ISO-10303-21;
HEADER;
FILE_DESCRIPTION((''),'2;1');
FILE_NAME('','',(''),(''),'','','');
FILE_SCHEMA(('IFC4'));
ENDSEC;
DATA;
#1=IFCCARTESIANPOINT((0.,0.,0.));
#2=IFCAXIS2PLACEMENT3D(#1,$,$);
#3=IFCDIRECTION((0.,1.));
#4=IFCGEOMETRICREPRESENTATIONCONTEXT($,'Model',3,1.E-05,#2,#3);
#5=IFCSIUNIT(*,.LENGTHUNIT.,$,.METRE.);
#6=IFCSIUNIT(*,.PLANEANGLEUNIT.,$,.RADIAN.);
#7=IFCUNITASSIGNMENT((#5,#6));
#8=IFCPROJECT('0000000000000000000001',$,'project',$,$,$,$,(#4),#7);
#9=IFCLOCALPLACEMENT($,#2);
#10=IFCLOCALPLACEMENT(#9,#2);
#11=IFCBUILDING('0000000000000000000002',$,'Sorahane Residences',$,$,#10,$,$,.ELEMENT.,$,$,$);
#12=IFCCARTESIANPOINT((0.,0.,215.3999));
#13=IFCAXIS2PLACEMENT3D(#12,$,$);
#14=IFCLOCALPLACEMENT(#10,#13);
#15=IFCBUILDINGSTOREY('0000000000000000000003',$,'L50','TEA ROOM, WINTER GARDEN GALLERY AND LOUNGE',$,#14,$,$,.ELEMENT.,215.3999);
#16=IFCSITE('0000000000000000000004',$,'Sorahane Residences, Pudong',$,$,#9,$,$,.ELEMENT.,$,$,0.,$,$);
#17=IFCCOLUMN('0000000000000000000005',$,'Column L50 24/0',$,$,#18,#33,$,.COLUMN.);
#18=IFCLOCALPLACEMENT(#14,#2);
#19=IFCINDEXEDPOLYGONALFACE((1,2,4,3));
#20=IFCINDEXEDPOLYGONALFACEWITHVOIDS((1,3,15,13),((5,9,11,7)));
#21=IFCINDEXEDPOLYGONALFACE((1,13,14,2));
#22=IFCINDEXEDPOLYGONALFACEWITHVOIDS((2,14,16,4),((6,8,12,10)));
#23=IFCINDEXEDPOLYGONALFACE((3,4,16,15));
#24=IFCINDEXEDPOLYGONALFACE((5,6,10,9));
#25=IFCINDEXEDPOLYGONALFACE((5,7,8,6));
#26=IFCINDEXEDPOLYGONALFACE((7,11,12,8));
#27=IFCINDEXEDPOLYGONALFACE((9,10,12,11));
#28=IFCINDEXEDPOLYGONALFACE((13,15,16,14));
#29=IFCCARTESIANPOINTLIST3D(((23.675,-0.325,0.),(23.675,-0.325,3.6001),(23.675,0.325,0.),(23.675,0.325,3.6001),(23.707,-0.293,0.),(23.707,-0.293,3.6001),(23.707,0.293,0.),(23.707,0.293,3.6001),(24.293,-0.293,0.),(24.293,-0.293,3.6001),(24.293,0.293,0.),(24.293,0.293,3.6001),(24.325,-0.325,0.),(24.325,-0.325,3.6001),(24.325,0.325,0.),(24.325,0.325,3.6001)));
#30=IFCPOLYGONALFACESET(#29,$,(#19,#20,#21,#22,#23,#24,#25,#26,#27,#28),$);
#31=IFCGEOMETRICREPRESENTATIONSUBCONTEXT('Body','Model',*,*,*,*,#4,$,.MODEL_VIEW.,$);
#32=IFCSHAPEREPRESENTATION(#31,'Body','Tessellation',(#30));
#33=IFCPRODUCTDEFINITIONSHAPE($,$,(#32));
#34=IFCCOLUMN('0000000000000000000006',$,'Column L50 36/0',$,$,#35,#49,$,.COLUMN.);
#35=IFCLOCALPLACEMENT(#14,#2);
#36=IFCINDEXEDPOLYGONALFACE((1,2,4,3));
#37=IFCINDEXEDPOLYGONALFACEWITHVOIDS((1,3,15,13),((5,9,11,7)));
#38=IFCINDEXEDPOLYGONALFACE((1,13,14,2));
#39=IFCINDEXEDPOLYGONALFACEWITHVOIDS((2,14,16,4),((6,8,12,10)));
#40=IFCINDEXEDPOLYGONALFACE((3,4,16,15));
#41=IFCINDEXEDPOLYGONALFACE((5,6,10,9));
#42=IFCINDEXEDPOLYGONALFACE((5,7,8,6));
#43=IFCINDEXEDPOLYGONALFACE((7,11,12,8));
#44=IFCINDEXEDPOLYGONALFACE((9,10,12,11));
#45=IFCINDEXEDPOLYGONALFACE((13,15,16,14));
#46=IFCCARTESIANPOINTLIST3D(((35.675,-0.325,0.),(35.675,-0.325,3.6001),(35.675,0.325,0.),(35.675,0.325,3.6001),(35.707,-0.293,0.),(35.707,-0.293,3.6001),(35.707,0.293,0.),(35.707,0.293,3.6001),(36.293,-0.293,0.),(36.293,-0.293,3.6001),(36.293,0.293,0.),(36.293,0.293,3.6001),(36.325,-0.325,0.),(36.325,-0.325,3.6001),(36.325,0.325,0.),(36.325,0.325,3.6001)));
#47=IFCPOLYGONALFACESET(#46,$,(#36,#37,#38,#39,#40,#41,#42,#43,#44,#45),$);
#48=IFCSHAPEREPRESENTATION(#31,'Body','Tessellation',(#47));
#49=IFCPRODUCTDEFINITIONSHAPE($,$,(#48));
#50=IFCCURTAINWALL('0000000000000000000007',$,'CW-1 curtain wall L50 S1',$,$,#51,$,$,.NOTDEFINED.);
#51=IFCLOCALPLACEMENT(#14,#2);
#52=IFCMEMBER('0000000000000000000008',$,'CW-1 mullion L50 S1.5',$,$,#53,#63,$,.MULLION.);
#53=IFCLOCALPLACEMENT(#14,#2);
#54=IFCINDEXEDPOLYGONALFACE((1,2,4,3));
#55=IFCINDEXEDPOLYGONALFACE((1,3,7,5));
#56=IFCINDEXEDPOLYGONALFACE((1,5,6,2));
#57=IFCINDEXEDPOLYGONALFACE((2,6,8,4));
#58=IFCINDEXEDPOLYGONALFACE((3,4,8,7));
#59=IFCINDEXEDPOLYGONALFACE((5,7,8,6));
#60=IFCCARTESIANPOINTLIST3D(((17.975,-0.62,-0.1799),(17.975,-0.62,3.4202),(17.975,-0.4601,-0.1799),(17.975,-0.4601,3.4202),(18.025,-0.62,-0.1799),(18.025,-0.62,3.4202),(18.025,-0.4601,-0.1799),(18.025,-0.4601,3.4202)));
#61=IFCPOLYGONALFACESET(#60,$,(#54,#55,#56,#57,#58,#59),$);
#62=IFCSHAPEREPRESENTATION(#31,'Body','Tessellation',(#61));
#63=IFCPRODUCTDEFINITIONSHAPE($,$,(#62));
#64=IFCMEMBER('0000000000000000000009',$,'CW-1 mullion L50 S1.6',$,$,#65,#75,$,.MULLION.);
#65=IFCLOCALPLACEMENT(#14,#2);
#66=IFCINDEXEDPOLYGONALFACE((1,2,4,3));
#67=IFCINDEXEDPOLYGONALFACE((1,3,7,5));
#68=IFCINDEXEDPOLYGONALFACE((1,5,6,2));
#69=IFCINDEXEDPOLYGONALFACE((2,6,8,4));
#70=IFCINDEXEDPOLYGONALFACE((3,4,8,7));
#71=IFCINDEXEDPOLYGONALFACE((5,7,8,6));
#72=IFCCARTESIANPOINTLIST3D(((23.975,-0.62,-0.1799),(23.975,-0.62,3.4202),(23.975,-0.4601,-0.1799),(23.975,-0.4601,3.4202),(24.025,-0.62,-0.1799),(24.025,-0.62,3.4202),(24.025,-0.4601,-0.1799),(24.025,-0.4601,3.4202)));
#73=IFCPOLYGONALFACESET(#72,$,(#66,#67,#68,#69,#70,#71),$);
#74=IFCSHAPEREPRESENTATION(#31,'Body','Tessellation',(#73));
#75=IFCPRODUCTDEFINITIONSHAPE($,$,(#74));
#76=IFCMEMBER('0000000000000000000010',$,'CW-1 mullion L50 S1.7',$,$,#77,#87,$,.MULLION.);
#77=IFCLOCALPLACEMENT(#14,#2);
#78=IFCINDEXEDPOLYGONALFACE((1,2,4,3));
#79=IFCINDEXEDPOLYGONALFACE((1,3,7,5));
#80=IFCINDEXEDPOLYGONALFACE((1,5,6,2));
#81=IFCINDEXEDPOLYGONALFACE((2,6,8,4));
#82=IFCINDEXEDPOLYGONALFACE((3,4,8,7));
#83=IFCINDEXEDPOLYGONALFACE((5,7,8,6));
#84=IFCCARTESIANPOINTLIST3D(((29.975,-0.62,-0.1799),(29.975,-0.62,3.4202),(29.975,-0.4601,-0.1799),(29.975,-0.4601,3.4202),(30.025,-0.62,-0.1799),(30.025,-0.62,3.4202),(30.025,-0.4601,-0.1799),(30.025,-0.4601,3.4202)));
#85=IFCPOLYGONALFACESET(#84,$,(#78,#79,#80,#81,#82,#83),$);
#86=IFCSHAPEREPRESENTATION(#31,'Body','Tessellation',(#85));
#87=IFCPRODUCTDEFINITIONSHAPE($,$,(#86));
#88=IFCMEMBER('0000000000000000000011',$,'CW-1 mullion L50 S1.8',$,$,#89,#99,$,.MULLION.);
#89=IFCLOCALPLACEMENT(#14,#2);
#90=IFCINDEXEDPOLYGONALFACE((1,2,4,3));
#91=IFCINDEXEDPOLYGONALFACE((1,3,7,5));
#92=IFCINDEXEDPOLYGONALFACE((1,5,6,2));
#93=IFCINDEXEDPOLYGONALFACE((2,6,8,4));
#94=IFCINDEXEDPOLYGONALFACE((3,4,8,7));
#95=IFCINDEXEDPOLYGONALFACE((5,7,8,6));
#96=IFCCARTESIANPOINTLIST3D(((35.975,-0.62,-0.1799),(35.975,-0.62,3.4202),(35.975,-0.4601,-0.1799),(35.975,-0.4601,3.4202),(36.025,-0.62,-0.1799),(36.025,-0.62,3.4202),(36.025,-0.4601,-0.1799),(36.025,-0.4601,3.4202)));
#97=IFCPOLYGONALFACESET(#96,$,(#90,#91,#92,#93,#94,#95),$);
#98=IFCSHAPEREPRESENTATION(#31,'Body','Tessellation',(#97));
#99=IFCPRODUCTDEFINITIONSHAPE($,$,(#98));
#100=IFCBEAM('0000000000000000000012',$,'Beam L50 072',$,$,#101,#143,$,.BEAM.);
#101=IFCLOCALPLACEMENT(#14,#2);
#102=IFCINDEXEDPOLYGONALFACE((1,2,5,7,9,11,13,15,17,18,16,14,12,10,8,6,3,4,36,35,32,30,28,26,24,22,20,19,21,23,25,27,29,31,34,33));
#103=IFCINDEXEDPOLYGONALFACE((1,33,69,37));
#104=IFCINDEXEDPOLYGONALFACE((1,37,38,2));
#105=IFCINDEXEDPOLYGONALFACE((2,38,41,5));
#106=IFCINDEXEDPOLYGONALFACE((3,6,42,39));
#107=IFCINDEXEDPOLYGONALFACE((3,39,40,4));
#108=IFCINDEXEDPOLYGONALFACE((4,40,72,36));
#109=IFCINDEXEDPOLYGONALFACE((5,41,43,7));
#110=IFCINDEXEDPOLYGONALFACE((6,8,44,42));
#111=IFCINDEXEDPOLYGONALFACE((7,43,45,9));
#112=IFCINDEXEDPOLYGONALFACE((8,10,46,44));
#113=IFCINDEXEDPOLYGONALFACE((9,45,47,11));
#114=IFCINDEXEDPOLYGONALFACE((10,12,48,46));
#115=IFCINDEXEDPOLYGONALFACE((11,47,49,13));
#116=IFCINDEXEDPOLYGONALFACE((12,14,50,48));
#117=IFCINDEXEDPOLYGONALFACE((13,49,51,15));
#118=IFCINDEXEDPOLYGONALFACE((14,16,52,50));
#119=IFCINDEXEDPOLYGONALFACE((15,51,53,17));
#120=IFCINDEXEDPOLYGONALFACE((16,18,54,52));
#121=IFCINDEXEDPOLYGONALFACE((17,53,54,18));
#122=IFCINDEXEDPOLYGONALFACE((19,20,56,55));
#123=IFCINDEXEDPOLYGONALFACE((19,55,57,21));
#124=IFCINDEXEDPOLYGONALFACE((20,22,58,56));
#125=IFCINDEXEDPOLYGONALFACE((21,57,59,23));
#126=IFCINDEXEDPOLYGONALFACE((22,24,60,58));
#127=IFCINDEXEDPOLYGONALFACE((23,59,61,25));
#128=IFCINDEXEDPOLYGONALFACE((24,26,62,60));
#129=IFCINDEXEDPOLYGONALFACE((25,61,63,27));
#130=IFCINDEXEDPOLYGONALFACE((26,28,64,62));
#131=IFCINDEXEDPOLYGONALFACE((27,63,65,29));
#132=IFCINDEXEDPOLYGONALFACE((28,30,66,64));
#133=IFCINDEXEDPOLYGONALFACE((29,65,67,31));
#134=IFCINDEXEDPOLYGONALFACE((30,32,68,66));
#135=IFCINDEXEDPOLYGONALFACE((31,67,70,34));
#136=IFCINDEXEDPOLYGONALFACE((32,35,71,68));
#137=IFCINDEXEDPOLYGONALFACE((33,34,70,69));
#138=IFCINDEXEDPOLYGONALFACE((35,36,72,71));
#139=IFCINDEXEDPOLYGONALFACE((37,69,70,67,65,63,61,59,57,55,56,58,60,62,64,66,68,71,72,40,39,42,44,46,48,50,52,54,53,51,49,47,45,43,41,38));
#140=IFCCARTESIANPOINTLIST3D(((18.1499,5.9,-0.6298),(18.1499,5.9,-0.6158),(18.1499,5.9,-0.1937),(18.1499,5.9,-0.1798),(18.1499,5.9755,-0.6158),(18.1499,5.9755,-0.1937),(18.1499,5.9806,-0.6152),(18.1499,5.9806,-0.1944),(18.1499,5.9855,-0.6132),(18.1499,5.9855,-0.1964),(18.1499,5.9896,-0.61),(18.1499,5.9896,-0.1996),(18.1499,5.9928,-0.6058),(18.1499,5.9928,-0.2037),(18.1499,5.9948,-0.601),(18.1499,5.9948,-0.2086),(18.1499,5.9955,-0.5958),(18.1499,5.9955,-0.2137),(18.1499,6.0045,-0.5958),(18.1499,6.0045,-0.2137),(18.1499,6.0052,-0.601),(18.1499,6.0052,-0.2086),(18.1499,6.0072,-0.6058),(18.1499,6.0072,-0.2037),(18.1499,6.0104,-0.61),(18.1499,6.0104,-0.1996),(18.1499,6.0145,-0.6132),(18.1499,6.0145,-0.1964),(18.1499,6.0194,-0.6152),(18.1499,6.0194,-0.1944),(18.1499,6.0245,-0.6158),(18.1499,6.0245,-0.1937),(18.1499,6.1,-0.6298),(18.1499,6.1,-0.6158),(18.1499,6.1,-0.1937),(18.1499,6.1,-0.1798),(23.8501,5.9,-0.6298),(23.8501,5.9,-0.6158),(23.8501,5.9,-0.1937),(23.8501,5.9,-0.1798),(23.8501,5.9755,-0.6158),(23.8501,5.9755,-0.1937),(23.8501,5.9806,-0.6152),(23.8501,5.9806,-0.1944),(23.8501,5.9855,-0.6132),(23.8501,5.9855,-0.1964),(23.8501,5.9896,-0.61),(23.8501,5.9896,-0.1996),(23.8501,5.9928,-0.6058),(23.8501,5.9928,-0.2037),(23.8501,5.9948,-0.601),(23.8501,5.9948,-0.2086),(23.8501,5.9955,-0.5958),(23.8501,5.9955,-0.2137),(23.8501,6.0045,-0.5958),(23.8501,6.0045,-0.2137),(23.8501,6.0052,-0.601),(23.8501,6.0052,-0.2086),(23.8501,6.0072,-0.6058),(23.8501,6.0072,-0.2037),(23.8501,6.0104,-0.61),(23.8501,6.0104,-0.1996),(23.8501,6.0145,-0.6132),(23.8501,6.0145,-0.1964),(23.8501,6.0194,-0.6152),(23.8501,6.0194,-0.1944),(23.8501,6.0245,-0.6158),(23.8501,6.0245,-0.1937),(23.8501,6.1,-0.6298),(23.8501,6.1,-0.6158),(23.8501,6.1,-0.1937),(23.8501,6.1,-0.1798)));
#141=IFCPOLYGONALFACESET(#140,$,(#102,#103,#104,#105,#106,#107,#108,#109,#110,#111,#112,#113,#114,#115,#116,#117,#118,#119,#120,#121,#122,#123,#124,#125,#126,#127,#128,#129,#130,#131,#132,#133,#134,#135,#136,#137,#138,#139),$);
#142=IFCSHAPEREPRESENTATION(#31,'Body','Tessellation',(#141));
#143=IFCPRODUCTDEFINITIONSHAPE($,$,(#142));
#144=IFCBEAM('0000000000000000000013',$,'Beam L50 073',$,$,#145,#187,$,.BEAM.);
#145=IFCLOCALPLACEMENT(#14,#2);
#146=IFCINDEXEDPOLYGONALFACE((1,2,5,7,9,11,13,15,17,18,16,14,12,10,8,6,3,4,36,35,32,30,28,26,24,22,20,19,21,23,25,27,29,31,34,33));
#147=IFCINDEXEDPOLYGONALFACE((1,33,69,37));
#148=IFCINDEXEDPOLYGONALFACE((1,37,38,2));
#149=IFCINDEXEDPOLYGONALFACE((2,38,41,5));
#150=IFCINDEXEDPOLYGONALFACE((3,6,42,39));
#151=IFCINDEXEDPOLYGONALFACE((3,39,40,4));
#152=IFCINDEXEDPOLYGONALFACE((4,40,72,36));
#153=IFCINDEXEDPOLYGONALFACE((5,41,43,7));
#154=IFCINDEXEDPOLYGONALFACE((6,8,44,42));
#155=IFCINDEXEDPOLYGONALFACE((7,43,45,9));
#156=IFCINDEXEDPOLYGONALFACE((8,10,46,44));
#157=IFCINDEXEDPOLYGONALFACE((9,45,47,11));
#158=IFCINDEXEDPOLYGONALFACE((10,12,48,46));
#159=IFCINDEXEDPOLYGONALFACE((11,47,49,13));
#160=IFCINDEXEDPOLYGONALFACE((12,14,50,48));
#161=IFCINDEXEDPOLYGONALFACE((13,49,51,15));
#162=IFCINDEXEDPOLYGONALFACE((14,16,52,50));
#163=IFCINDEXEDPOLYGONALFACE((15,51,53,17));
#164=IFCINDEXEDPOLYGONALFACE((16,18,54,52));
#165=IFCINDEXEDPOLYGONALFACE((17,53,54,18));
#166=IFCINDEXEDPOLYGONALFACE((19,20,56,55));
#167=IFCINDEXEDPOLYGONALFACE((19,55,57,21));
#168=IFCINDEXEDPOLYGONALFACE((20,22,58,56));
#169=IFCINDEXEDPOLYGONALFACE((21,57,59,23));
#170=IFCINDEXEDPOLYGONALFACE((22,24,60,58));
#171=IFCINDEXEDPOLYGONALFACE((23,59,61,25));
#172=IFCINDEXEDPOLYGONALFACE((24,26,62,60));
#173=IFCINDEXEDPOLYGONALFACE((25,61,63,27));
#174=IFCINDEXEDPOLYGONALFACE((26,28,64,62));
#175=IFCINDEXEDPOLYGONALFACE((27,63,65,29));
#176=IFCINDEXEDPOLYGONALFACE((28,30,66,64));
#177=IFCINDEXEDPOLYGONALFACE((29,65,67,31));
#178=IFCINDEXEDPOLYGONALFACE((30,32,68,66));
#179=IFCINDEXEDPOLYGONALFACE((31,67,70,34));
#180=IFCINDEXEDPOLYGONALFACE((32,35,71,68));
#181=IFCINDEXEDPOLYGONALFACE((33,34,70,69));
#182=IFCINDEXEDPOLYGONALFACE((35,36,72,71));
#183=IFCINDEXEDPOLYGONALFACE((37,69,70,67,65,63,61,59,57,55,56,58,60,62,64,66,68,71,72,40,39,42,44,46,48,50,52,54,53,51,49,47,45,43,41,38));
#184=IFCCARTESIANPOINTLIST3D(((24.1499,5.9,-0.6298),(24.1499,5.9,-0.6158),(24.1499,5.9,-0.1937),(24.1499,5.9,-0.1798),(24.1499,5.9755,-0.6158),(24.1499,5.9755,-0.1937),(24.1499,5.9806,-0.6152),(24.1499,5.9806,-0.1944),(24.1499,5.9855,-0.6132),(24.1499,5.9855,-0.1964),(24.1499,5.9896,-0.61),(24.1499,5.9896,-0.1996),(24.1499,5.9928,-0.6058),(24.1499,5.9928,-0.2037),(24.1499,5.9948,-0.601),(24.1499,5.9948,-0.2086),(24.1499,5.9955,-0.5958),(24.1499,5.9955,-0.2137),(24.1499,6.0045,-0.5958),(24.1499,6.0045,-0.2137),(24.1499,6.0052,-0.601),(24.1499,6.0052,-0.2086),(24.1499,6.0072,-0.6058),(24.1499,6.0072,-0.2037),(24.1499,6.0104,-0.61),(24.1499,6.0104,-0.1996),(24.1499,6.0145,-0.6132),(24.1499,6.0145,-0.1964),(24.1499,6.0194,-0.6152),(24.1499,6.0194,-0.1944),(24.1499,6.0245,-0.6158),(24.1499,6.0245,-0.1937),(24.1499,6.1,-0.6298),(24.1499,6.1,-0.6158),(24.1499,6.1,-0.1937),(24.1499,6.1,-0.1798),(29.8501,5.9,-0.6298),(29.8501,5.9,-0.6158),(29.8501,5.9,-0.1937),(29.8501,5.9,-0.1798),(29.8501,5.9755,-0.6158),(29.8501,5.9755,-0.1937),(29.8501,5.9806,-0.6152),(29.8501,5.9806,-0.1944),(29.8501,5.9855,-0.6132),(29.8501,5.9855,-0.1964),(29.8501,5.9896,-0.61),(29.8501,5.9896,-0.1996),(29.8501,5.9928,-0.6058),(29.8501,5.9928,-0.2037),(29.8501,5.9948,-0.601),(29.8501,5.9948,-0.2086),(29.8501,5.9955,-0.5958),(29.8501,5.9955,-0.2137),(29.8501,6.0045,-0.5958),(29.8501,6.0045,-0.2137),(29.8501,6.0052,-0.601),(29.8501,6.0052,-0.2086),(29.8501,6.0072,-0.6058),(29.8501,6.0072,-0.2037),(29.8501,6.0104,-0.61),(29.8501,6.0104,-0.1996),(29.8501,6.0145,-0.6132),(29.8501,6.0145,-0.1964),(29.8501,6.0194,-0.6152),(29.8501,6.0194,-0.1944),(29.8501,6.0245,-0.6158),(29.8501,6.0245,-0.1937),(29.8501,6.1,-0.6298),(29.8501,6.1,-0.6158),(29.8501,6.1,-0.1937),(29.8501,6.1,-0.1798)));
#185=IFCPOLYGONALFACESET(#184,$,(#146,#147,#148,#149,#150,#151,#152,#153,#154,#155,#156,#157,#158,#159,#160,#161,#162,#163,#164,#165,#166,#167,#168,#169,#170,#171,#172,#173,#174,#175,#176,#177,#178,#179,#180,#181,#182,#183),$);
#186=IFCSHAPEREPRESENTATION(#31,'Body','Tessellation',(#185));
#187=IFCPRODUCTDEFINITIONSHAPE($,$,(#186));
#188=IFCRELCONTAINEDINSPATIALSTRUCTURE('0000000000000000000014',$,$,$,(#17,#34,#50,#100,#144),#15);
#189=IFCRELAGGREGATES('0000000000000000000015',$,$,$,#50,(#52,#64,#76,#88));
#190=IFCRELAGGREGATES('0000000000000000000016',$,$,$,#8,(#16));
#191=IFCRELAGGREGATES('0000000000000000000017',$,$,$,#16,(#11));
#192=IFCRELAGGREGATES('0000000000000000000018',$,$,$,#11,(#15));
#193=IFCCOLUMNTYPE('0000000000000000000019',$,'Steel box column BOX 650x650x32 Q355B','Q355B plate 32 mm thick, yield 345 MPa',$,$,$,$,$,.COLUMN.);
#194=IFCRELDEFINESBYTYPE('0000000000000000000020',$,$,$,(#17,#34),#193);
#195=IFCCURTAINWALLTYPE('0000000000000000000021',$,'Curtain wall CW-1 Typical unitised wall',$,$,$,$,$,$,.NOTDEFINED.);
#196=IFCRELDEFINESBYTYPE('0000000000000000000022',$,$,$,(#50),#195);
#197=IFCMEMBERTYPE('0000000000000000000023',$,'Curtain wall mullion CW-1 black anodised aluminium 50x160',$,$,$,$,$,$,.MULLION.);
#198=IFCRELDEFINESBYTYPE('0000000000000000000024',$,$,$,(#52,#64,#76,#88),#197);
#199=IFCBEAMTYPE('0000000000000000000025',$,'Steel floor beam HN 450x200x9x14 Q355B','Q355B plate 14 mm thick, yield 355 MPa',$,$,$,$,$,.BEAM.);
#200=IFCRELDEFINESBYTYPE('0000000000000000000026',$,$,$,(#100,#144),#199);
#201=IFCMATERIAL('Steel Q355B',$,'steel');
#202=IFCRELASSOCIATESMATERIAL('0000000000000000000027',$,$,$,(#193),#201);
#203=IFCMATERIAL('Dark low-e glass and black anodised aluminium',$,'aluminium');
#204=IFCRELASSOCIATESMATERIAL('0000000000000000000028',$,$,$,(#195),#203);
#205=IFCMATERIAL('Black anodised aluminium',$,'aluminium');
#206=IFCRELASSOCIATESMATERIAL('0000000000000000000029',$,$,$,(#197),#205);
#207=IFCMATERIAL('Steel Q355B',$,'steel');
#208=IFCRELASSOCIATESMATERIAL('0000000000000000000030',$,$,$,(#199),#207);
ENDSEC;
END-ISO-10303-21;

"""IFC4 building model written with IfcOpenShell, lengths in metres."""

from ifc_helpers import new_model, si_unit, direction, frame, origin, origin_2d, place, context, subcontext, project, spatial, rectangle, hollow_rectangle, i_section, extrude, material, material_profile, profile_set, type_object, element, aggregate, save


model = new_model("IFC4")

# Units and contexts
model_context = context("Model", 3, precision=1e-05, world=origin(), true_north=direction((0.0, 1.0)))
body_context = subcontext(model_context, "Body", "Model", "MODEL_VIEW")
ifc_project = project(units=[si_unit("LENGTHUNIT", "METRE"), si_unit("PLANEANGLEUNIT", "RADIAN")], contexts=[model_context])

# Site, building, storey
site_placement = place(None, origin())
site = spatial("IfcSite", under=ifc_project, at=site_placement, Name="Sorahane Residences, Pudong", CompositionType="ELEMENT", RefElevation=0.0)
building_placement = place(site_placement, origin())
building = spatial("IfcBuilding", under=site, at=building_placement, Name="Sorahane Residences", CompositionType="ELEMENT")
storey_placement = place(building_placement, frame((0.0, 0.0, 215.3999)))
storey = spatial("IfcBuildingStorey", under=building, at=storey_placement, Name="L50", Description="TEA ROOM, WINTER GARDEN GALLERY AND LOUNGE", CompositionType="ELEMENT", Elevation=215.3999)

# Columns
ifc_material_1 = material(Name="Steel Q355B", Category="steel")
ifc_material_profile_1 = material_profile(ifc_material_1, hollow_rectangle(XDim=0.6499, YDim=0.6499, WallThickness=0.032, at=origin_2d()), Name="BOX 650x650x32")
ifc_profile_set_1 = profile_set([ifc_material_profile_1], Name="Steel Q355B")
column_type = type_object("IfcColumnType", Name="Steel box column BOX 650x650x32 Q355B", Description="Q355B plate 32 mm thick, yield 345 MPa", PredefinedType="COLUMN", material=ifc_profile_set_1)
for number, where, z_axis, x_axis, name in (
    (1, (24.0, 0.0, 0.0), (0.0, 0.0, 1.0), (1.0, 0.0, 0.0), "Column L50 24/0"),
    (2, (36.0, 0.0, 0.0), (0.0, 0.0, 1.0), (1.0, 0.0, 0.0), "Column L50 36/0"),
):
    element("IfcColumn", number, at=place(storey_placement, frame(where, z_axis=z_axis, x_axis=x_axis)), inside=storey, type_object=column_type, Name=name, PredefinedType="COLUMN", context=body_context, shape_type="SweptSolid", body=[
        extrude(hollow_rectangle(XDim=0.6499, YDim=0.6499, WallThickness=0.032, at=origin_2d()), origin(), (0.0, 0.0, 1.0), 3.6001),
    ])

# Curtain wall, members
ifc_material_2 = material(Name="Dark low-e glass and black anodised aluminium", Category="aluminium")
curtain_wall_type = type_object("IfcCurtainWallType", Name="Curtain wall CW-1 Typical unitised wall", PredefinedType="NOTDEFINED", material=ifc_material_2)
curtain_wall_placement = place(storey_placement, origin())
curtain_wall = element("IfcCurtainWall", 3, at=curtain_wall_placement, inside=storey, type_object=curtain_wall_type, Name="CW-1 curtain wall L50 S1", PredefinedType="NOTDEFINED")
ifc_material_3 = material(Name="Black anodised aluminium", Category="aluminium")
ifc_material_profile_2 = material_profile(ifc_material_3, rectangle(XDim=0.1599, YDim=0.05, at=origin_2d()), Name="Curtain wall mullion CW-1 black anodised aluminium 50x160")
ifc_profile_set_2 = profile_set([ifc_material_profile_2], Name="Black anodised aluminium")
member_type = type_object("IfcMemberType", Name="Curtain wall mullion CW-1 black anodised aluminium 50x160", PredefinedType="MULLION", material=ifc_profile_set_2)
member_1_placement = place(storey_placement, frame((18.0, -0.54, -0.1799), z_axis=(0.0, 0.0, 1.0), x_axis=(0.0, -1.0, 0.0)))
member_1 = element("IfcMember", 4, at=member_1_placement, type_object=member_type, Name="CW-1 mullion L50 S1.5", PredefinedType="MULLION", context=body_context, shape_type="SweptSolid", body=[
    extrude(rectangle(XDim=0.1599, YDim=0.05, at=origin_2d()), origin(), (0.0, 0.0, 1.0), 3.6001),
])
member_2_placement = place(storey_placement, frame((24.0, -0.54, -0.1799), z_axis=(0.0, 0.0, 1.0), x_axis=(0.0, -1.0, 0.0)))
member_2 = element("IfcMember", 5, at=member_2_placement, type_object=member_type, Name="CW-1 mullion L50 S1.6", PredefinedType="MULLION", context=body_context, shape_type="SweptSolid", body=[
    extrude(rectangle(XDim=0.1599, YDim=0.05, at=origin_2d()), origin(), (0.0, 0.0, 1.0), 3.6001),
])
member_3_placement = place(storey_placement, frame((30.0, -0.54, -0.1799), z_axis=(0.0, 0.0, 1.0), x_axis=(0.0, -1.0, 0.0)))
member_3 = element("IfcMember", 6, at=member_3_placement, type_object=member_type, Name="CW-1 mullion L50 S1.7", PredefinedType="MULLION", context=body_context, shape_type="SweptSolid", body=[
    extrude(rectangle(XDim=0.1599, YDim=0.05, at=origin_2d()), origin(), (0.0, 0.0, 1.0), 3.6001),
])
member_4_placement = place(storey_placement, frame((36.0, -0.54, -0.1799), z_axis=(0.0, 0.0, 1.0), x_axis=(0.0, -1.0, 0.0)))
member_4 = element("IfcMember", 7, at=member_4_placement, type_object=member_type, Name="CW-1 mullion L50 S1.8", PredefinedType="MULLION", context=body_context, shape_type="SweptSolid", body=[
    extrude(rectangle(XDim=0.1599, YDim=0.05, at=origin_2d()), origin(), (0.0, 0.0, 1.0), 3.6001),
])

# Beams
ifc_material_4 = material(Name="Steel Q355B", Category="steel")
ifc_material_profile_3 = material_profile(ifc_material_4, i_section(OverallWidth=0.2, OverallDepth=0.45, WebThickness=0.009, FlangeThickness=0.0139, FilletRadius=0.02, at=origin_2d()), Name="HN 450x200x9x14")
ifc_profile_set_3 = profile_set([ifc_material_profile_3], Name="Steel Q355B")
beam_type_1 = type_object("IfcBeamType", Name="Steel floor beam HN 450x200x9x14 Q355B", Description="Q355B plate 14 mm thick, yield 355 MPa", PredefinedType="BEAM", material=ifc_profile_set_3)
for number, where, z_axis, x_axis, name in (
    (8, (18.1499, 6.0, -0.4048), (1.0, 0.0, 0.0), (0.0, 1.0, 0.0), "Beam L50 072"),
    (9, (24.1499, 6.0, -0.4048), (1.0, 0.0, 0.0), (0.0, 1.0, 0.0), "Beam L50 073"),
):
    element("IfcBeam", number, at=place(storey_placement, frame(where, z_axis=z_axis, x_axis=x_axis)), inside=storey, type_object=beam_type_1, Name=name, PredefinedType="BEAM", context=body_context, shape_type="SweptSolid", body=[
        extrude(i_section(OverallWidth=0.2, OverallDepth=0.45, WebThickness=0.009, FlangeThickness=0.0139, FilletRadius=0.02, at=origin_2d()), origin(), (0.0, 0.0, 1.0), 5.7002),
    ])

aggregate(curtain_wall, [member_1, member_2, member_3, member_4])

save(model, "model.ifc")
